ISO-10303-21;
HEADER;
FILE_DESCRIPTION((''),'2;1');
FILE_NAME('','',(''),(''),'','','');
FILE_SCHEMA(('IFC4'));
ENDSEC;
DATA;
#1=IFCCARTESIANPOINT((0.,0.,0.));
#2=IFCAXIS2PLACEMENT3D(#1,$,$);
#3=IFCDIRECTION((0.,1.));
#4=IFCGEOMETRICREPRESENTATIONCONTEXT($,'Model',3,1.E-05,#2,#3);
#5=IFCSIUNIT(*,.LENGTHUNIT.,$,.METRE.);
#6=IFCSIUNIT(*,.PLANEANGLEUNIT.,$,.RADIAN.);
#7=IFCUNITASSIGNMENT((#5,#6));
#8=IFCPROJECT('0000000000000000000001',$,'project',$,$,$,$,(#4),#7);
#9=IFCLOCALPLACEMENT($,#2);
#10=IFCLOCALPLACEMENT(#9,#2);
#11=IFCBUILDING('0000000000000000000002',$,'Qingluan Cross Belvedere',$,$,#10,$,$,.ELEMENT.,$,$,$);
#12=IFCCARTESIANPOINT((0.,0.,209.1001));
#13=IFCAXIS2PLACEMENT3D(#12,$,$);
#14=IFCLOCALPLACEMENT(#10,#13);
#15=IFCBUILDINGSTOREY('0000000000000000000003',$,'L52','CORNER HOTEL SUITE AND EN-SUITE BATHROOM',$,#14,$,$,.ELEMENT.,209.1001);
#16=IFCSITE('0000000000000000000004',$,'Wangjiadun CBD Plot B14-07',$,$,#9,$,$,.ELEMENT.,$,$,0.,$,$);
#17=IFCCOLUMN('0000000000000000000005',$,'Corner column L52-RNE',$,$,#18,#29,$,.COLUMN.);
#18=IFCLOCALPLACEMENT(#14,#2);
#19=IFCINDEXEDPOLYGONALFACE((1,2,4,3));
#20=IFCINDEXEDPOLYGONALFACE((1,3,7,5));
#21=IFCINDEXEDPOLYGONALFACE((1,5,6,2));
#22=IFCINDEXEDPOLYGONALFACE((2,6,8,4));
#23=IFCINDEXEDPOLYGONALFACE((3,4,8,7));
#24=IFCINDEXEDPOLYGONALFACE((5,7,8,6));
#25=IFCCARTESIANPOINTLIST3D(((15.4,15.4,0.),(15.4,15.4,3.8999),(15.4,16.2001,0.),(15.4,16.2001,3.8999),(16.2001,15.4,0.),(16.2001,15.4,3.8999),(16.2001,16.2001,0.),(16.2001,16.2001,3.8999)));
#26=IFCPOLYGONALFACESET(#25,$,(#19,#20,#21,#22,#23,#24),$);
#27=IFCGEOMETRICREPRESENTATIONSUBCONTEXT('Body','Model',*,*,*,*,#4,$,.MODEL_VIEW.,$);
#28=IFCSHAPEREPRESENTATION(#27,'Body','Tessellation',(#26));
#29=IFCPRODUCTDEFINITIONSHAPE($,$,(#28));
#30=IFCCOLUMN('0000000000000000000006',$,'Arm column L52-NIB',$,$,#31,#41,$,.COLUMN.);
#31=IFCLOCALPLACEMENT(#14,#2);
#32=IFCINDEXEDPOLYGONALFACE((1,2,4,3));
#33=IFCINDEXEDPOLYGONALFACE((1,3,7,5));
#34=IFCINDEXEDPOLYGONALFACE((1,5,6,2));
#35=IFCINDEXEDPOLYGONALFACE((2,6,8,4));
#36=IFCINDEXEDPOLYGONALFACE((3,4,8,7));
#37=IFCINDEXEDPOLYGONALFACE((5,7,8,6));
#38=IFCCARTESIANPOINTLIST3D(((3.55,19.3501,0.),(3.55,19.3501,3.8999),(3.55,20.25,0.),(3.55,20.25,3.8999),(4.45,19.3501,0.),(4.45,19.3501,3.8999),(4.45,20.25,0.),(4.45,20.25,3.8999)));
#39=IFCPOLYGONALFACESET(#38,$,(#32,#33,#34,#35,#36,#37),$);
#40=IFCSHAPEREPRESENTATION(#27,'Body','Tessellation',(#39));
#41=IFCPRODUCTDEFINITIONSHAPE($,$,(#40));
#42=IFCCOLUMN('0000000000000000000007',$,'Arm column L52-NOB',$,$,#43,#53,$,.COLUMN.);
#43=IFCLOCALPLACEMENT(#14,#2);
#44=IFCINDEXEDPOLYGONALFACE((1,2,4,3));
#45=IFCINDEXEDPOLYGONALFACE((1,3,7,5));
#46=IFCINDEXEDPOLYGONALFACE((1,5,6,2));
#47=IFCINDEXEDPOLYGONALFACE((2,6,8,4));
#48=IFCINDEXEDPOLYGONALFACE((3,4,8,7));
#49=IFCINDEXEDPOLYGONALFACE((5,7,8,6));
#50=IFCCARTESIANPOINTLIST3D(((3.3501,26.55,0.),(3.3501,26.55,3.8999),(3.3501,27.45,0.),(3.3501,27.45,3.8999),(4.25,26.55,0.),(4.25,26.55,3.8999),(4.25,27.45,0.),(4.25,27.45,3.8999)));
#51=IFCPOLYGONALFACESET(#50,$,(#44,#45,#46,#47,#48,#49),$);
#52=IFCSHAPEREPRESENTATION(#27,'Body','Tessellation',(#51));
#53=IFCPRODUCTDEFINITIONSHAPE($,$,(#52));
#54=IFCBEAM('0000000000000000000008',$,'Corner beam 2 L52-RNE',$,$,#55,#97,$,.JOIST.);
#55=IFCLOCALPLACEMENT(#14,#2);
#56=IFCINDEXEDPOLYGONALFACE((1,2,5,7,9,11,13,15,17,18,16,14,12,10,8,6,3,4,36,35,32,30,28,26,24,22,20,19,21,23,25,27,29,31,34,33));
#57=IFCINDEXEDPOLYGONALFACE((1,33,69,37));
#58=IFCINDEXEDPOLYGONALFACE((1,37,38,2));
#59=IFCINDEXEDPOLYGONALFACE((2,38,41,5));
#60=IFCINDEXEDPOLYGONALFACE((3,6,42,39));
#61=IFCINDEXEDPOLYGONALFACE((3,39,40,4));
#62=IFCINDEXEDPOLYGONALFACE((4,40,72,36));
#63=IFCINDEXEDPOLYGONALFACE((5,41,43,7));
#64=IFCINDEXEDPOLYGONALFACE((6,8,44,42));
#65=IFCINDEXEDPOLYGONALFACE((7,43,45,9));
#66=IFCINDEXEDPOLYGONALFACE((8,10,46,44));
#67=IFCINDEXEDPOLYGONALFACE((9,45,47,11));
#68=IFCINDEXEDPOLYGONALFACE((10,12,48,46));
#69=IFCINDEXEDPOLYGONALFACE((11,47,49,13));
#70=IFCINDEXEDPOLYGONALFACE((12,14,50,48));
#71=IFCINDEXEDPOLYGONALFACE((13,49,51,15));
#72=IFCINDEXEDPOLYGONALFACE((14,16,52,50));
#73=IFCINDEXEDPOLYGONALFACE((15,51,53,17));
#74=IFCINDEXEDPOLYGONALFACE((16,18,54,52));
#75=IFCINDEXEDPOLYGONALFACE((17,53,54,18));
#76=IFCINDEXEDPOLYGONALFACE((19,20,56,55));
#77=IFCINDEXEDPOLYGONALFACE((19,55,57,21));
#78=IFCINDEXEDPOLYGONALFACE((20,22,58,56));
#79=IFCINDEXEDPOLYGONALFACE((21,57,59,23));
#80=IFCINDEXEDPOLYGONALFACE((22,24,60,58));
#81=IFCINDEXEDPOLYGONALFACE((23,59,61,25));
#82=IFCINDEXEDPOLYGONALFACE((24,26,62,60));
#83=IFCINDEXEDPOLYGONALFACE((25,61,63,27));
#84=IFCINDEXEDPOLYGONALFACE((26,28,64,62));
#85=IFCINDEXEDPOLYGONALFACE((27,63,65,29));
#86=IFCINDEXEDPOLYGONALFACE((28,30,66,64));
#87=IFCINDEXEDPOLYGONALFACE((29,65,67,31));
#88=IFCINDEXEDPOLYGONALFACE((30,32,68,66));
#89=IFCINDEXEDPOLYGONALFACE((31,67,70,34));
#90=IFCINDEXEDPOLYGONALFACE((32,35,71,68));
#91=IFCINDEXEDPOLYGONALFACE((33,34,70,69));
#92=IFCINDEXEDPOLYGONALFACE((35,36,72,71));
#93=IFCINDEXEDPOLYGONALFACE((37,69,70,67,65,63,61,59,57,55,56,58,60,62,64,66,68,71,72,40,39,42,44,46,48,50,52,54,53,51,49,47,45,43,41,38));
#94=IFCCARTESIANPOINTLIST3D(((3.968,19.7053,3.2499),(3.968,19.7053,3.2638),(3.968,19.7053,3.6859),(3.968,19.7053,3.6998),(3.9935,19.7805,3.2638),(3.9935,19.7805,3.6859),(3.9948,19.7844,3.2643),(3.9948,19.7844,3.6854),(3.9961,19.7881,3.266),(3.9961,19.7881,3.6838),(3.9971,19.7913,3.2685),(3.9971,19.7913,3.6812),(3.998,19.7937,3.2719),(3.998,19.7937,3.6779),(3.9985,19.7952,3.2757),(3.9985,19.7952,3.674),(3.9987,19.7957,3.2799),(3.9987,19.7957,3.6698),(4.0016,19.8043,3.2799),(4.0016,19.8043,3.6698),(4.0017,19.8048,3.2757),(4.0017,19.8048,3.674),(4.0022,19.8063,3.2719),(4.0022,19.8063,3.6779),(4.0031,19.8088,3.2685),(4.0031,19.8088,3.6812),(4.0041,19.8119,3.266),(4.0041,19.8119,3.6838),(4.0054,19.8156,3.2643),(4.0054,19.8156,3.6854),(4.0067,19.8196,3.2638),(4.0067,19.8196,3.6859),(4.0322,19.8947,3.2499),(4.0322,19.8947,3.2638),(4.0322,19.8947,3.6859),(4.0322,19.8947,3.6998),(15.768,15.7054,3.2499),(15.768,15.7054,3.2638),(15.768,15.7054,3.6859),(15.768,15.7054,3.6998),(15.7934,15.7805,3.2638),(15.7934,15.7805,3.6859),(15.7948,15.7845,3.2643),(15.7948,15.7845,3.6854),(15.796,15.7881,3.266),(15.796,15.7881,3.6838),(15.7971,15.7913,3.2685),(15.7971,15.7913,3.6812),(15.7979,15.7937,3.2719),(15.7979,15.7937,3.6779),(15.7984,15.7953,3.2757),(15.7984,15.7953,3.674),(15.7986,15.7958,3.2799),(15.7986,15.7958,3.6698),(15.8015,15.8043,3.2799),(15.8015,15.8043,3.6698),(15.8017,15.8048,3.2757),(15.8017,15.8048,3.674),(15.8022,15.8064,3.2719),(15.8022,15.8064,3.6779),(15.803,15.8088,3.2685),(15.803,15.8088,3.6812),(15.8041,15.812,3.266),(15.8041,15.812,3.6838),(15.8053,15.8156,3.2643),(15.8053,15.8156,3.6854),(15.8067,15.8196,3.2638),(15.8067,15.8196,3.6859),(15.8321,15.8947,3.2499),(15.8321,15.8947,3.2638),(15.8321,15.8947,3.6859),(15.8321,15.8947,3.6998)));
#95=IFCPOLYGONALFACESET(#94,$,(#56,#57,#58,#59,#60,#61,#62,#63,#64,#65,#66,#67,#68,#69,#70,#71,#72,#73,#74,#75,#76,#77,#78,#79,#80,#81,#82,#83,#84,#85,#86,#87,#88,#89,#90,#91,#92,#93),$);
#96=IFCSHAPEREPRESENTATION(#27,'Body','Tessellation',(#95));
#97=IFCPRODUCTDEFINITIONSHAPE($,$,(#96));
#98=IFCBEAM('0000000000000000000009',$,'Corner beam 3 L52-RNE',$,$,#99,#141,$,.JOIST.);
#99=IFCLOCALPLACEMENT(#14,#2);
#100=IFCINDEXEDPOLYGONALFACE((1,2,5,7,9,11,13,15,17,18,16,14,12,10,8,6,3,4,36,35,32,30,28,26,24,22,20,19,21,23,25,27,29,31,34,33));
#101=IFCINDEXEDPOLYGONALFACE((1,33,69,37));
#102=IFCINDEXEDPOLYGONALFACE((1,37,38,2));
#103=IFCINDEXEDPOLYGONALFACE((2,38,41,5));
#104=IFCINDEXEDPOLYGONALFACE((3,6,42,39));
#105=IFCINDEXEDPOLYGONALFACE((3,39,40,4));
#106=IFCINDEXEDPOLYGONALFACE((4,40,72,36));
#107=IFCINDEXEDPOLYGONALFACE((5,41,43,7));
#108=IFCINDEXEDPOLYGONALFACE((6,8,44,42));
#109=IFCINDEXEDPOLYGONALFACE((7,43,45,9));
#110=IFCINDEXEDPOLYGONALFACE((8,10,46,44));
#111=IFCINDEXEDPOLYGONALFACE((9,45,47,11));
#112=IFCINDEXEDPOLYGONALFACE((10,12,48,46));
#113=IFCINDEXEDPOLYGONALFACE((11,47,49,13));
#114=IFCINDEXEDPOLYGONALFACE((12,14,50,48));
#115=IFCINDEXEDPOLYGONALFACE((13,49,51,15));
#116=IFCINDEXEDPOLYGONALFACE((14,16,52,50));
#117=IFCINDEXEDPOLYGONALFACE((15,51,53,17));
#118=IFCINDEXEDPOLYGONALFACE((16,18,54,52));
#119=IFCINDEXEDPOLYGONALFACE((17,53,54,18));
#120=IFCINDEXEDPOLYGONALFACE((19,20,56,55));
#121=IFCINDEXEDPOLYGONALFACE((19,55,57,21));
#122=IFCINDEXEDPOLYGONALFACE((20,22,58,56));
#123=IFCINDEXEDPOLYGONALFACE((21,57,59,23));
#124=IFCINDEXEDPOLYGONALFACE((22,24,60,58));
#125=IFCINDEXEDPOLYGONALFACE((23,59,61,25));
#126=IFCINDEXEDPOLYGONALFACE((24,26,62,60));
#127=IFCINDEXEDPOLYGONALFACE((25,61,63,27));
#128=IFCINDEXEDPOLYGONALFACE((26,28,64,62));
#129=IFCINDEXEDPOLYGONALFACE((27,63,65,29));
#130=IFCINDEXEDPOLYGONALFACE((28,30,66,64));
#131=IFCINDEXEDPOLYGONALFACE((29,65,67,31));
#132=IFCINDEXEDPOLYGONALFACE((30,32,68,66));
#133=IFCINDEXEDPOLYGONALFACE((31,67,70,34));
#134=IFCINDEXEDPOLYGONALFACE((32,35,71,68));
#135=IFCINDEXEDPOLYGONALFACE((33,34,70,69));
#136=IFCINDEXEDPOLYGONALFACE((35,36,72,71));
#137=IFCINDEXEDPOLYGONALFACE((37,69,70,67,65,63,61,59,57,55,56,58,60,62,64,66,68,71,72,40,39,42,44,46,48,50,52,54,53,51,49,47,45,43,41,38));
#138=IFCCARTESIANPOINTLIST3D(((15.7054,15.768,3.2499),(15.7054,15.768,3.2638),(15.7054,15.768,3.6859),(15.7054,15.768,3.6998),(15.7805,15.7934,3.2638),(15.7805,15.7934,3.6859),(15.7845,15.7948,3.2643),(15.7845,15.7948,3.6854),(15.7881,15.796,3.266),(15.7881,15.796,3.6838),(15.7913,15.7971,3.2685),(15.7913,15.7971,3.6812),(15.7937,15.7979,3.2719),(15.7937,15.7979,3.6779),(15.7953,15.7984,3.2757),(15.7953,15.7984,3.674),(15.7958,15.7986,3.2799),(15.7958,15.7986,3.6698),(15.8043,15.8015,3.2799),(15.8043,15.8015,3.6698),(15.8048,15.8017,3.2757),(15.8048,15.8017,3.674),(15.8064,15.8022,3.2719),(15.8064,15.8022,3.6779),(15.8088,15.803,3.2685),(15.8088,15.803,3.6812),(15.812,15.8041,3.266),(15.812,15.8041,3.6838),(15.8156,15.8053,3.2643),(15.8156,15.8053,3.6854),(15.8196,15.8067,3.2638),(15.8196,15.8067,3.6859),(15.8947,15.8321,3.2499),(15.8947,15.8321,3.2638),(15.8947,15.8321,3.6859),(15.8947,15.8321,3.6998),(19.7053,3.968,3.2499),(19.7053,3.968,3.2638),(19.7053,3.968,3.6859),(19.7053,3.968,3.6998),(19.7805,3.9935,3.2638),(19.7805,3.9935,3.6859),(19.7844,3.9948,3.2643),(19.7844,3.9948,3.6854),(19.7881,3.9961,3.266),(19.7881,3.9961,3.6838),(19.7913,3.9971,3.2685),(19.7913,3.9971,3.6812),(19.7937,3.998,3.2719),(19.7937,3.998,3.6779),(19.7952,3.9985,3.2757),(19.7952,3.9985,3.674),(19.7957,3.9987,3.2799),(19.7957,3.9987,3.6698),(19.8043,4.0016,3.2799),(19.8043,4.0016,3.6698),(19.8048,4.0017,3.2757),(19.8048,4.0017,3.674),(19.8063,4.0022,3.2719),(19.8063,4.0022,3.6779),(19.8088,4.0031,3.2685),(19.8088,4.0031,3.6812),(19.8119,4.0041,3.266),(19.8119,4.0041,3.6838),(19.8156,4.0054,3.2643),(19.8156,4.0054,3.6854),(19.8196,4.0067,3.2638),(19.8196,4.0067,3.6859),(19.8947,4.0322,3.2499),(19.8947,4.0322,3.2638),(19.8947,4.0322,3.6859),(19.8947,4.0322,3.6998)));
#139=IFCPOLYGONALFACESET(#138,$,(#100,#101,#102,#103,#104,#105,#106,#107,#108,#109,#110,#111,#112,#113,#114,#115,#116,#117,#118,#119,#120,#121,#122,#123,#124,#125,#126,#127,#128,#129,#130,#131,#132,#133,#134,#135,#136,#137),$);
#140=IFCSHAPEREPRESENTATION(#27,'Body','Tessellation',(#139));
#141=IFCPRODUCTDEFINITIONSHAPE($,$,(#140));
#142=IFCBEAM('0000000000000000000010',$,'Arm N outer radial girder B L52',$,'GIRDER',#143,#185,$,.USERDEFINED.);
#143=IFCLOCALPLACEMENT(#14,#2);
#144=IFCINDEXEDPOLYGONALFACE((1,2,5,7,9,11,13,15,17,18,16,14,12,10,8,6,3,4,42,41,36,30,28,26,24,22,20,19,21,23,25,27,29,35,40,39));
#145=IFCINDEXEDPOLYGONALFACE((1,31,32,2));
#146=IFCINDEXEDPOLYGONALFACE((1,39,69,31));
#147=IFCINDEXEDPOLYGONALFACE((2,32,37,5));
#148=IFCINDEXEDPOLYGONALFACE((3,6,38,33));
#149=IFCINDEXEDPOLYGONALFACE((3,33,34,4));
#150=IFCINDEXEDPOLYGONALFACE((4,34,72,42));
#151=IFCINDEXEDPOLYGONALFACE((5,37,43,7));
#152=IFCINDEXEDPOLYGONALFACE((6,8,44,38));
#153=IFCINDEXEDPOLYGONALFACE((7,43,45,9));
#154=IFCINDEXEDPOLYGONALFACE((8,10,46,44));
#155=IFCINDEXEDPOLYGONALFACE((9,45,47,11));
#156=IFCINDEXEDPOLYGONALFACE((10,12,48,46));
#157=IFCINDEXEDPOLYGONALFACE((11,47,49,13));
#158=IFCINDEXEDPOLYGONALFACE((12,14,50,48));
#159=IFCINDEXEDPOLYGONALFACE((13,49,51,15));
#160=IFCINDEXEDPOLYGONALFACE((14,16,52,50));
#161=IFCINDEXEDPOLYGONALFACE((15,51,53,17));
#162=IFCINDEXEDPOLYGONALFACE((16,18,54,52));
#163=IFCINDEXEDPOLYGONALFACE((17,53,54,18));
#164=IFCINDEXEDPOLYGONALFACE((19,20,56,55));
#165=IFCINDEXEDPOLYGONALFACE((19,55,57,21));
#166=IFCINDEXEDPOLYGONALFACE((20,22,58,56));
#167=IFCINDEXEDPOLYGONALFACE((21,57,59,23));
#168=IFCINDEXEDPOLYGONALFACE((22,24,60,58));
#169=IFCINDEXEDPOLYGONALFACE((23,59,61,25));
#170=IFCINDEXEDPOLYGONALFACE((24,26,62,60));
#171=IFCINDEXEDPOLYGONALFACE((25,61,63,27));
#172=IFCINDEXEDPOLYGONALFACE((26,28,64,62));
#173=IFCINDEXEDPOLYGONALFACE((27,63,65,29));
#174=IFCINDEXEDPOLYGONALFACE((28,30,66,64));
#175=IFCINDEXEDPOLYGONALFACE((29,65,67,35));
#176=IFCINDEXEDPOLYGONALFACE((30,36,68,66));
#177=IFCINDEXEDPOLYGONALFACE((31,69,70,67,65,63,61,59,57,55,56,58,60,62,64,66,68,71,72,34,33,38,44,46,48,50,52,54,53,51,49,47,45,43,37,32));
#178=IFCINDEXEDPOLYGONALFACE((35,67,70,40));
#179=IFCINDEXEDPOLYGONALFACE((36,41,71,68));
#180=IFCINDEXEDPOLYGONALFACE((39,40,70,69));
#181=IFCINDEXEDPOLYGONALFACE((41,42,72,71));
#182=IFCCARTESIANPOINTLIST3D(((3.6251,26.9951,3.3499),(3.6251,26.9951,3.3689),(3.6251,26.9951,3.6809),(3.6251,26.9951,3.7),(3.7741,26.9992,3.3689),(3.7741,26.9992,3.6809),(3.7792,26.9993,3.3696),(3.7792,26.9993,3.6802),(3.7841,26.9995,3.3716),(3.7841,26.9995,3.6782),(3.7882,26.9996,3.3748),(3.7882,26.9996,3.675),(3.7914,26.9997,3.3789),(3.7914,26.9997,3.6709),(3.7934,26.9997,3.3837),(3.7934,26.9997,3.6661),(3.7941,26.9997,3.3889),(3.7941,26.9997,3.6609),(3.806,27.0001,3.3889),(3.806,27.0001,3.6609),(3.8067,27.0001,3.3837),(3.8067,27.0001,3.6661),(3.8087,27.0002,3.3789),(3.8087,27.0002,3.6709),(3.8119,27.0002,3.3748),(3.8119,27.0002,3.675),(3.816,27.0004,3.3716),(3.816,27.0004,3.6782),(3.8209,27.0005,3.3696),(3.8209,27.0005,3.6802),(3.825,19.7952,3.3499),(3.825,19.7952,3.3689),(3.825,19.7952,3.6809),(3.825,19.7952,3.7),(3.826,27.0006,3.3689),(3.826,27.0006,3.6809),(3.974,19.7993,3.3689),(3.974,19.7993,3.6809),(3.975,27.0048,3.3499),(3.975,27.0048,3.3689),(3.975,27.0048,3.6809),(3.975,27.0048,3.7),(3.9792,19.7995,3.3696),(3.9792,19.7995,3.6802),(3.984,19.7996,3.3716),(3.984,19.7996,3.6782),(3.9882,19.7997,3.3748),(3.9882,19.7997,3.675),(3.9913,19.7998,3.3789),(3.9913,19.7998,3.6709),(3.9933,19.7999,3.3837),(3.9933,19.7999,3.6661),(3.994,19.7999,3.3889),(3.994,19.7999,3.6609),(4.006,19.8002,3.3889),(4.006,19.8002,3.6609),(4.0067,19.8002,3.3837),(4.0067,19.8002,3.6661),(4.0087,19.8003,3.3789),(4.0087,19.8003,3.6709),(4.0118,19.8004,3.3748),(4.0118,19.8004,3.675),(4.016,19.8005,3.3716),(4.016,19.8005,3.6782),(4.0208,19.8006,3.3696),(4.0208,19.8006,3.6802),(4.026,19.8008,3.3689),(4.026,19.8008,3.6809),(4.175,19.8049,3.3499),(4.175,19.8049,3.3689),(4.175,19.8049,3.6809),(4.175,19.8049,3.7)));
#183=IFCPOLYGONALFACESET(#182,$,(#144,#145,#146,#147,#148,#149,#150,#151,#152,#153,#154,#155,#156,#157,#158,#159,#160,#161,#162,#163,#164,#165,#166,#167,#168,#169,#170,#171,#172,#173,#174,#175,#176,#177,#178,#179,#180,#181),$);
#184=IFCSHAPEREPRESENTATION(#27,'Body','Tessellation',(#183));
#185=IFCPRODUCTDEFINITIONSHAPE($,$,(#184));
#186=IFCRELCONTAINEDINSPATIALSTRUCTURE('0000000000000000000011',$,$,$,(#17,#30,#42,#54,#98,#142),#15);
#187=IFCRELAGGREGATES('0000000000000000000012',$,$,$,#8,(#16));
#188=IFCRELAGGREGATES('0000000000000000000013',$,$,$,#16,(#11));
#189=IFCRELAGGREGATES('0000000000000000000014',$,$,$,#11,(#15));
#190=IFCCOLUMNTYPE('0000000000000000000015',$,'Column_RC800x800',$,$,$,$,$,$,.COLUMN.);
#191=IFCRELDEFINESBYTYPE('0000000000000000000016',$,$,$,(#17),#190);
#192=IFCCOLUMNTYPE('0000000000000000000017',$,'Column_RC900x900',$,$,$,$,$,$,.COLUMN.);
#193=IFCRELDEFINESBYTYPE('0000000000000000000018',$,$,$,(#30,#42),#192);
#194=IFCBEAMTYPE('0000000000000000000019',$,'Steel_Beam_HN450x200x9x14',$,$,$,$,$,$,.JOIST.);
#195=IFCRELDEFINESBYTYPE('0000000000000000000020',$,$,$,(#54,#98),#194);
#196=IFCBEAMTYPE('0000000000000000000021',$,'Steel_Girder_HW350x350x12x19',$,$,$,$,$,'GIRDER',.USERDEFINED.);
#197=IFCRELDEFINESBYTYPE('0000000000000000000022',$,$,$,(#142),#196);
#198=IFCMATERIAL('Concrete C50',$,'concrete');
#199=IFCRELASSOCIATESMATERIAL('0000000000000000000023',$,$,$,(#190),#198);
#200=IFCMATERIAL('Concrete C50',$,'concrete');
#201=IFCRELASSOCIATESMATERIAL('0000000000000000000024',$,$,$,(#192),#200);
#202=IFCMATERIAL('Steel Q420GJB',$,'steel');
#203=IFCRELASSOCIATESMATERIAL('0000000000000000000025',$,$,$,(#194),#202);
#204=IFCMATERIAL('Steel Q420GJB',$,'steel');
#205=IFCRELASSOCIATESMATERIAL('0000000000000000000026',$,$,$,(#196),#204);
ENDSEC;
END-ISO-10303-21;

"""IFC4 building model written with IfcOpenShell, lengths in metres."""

from ifc_helpers import new_model, si_unit, direction, frame, origin, origin_2d, place, context, subcontext, project, spatial, rectangle, i_section, extrude, material, material_profile, profile_set, type_object, element, save


model = new_model("IFC4")

# Units and contexts
model_context = context("Model", 3, precision=1e-05, world=origin(), true_north=direction((0.0, 1.0)))
body_context = subcontext(model_context, "Body", "Model", "MODEL_VIEW")
ifc_project = project(units=[si_unit("LENGTHUNIT", "METRE"), si_unit("PLANEANGLEUNIT", "RADIAN")], contexts=[model_context])

# Site, building, storey
site_placement = place(None, origin())
site = spatial("IfcSite", under=ifc_project, at=site_placement, Name="Wangjiadun CBD Plot B14-07", CompositionType="ELEMENT", RefElevation=0.0)
building_placement = place(site_placement, origin())
building = spatial("IfcBuilding", under=site, at=building_placement, Name="Qingluan Cross Belvedere", CompositionType="ELEMENT")
storey_placement = place(building_placement, frame((0.0, 0.0, 209.1001)))
storey = spatial("IfcBuildingStorey", under=building, at=storey_placement, Name="L52", Description="CORNER HOTEL SUITE AND EN-SUITE BATHROOM", CompositionType="ELEMENT", Elevation=209.1001)

# Columns
ifc_material_1 = material(Name="Concrete C50", Category="concrete")
ifc_material_profile_1 = material_profile(ifc_material_1, rectangle(XDim=0.8, YDim=0.8, at=origin_2d()), Name="RC800x800")
ifc_profile_set_1 = profile_set([ifc_material_profile_1], Name="Concrete C50")
column_type_1 = type_object("IfcColumnType", Name="Column_RC800x800", PredefinedType="COLUMN", material=ifc_profile_set_1)
column_placement = place(storey_placement, frame((15.8, 15.8, 0.0), z_axis=(0.0, 0.0, 1.0), x_axis=(1.0, 0.0, 0.0)))
element("IfcColumn", 1, at=column_placement, inside=storey, type_object=column_type_1, Name="Corner column L52-RNE", PredefinedType="COLUMN", context=body_context, shape_type="SweptSolid", body=[
    extrude(rectangle(XDim=0.8, YDim=0.8, at=origin_2d()), origin(), (0.0, 0.0, 1.0), 3.8999),
])
ifc_material_2 = material(Name="Concrete C50", Category="concrete")
ifc_material_profile_2 = material_profile(ifc_material_2, rectangle(XDim=0.8999, YDim=0.8999, at=origin_2d()), Name="RC900x900")
ifc_profile_set_2 = profile_set([ifc_material_profile_2], Name="Concrete C50")
column_type_2 = type_object("IfcColumnType", Name="Column_RC900x900", PredefinedType="COLUMN", material=ifc_profile_set_2)
for number, where, z_axis, x_axis, name in (
    (2, (4.0, 19.8, 0.0), (0.0, 0.0, 1.0), (1.0, 0.0, 0.0), "Arm column L52-NIB"),
    (3, (3.8, 27.0, 0.0), (0.0, 0.0, 1.0), (1.0, 0.0, 0.0), "Arm column L52-NOB"),
):
    element("IfcColumn", number, at=place(storey_placement, frame(where, z_axis=z_axis, x_axis=x_axis)), inside=storey, type_object=column_type_2, Name=name, PredefinedType="COLUMN", context=body_context, shape_type="SweptSolid", body=[
        extrude(rectangle(XDim=0.8999, YDim=0.8999, at=origin_2d()), origin(), (0.0, 0.0, 1.0), 3.8999),
    ])

# Beams
ifc_material_3 = material(Name="Steel Q420GJB", Category="steel")
ifc_material_profile_3 = material_profile(ifc_material_3, i_section(OverallWidth=0.2, OverallDepth=0.45, WebThickness=0.009, FlangeThickness=0.0139, FilletRadius=0.0161, at=origin_2d()), Name="HN450x200x9x14")
ifc_profile_set_3 = profile_set([ifc_material_profile_3], Name="Steel Q420GJB")
beam_type_1 = type_object("IfcBeamType", Name="Steel_Beam_HN450x200x9x14", PredefinedType="JOIST", material=ifc_profile_set_3)
for number, where, z_axis, x_axis, name in (
    (4, (15.8, 15.8, 3.4749), (-0.947066, 0.321038, 0.0), (-0.321038, -0.947066, 0.0), "Corner beam 2 L52-RNE"),
    (5, (15.8, 15.8, 3.4749), (0.321038, -0.947066, 0.0), (0.947066, 0.321038, 0.0), "Corner beam 3 L52-RNE"),
):
    element("IfcBeam", number, at=place(storey_placement, frame(where, z_axis=z_axis, x_axis=x_axis)), inside=storey, type_object=beam_type_1, Name=name, PredefinedType="JOIST", context=body_context, shape_type="SweptSolid", body=[
        extrude(i_section(OverallWidth=0.2, OverallDepth=0.45, WebThickness=0.009, FlangeThickness=0.0139, FilletRadius=0.0161, at=origin_2d()), origin(), (0.0, 0.0, 1.0), 12.4595),
    ])
ifc_material_4 = material(Name="Steel Q420GJB", Category="steel")
ifc_material_profile_4 = material_profile(ifc_material_4, i_section(OverallWidth=0.3501, OverallDepth=0.3501, WebThickness=0.012, FlangeThickness=0.019, FilletRadius=0.02, at=origin_2d()), Name="HW350x350x12x19")
ifc_profile_set_4 = profile_set([ifc_material_profile_4], Name="Steel Q420GJB")
beam_type_2 = type_object("IfcBeamType", Name="Steel_Girder_HW350x350x12x19", ElementType="GIRDER", PredefinedType="USERDEFINED", material=ifc_profile_set_4)
beam_placement = place(storey_placement, frame((4.0, 19.8, 3.5249), z_axis=(-0.02776, 0.999615, 0.0), x_axis=(-0.999615, -0.02776, 0.0)))
element("IfcBeam", 6, at=beam_placement, inside=storey, type_object=beam_type_2, Name="Arm N outer radial girder B L52", ObjectType="GIRDER", PredefinedType="USERDEFINED", context=body_context, shape_type="SweptSolid", body=[
    extrude(i_section(OverallWidth=0.3501, OverallDepth=0.3501, WebThickness=0.012, FlangeThickness=0.019, FilletRadius=0.02, at=origin_2d()), origin(), (0.0, 0.0, 1.0), 7.2026),
])

save(model, "model.ifc")
